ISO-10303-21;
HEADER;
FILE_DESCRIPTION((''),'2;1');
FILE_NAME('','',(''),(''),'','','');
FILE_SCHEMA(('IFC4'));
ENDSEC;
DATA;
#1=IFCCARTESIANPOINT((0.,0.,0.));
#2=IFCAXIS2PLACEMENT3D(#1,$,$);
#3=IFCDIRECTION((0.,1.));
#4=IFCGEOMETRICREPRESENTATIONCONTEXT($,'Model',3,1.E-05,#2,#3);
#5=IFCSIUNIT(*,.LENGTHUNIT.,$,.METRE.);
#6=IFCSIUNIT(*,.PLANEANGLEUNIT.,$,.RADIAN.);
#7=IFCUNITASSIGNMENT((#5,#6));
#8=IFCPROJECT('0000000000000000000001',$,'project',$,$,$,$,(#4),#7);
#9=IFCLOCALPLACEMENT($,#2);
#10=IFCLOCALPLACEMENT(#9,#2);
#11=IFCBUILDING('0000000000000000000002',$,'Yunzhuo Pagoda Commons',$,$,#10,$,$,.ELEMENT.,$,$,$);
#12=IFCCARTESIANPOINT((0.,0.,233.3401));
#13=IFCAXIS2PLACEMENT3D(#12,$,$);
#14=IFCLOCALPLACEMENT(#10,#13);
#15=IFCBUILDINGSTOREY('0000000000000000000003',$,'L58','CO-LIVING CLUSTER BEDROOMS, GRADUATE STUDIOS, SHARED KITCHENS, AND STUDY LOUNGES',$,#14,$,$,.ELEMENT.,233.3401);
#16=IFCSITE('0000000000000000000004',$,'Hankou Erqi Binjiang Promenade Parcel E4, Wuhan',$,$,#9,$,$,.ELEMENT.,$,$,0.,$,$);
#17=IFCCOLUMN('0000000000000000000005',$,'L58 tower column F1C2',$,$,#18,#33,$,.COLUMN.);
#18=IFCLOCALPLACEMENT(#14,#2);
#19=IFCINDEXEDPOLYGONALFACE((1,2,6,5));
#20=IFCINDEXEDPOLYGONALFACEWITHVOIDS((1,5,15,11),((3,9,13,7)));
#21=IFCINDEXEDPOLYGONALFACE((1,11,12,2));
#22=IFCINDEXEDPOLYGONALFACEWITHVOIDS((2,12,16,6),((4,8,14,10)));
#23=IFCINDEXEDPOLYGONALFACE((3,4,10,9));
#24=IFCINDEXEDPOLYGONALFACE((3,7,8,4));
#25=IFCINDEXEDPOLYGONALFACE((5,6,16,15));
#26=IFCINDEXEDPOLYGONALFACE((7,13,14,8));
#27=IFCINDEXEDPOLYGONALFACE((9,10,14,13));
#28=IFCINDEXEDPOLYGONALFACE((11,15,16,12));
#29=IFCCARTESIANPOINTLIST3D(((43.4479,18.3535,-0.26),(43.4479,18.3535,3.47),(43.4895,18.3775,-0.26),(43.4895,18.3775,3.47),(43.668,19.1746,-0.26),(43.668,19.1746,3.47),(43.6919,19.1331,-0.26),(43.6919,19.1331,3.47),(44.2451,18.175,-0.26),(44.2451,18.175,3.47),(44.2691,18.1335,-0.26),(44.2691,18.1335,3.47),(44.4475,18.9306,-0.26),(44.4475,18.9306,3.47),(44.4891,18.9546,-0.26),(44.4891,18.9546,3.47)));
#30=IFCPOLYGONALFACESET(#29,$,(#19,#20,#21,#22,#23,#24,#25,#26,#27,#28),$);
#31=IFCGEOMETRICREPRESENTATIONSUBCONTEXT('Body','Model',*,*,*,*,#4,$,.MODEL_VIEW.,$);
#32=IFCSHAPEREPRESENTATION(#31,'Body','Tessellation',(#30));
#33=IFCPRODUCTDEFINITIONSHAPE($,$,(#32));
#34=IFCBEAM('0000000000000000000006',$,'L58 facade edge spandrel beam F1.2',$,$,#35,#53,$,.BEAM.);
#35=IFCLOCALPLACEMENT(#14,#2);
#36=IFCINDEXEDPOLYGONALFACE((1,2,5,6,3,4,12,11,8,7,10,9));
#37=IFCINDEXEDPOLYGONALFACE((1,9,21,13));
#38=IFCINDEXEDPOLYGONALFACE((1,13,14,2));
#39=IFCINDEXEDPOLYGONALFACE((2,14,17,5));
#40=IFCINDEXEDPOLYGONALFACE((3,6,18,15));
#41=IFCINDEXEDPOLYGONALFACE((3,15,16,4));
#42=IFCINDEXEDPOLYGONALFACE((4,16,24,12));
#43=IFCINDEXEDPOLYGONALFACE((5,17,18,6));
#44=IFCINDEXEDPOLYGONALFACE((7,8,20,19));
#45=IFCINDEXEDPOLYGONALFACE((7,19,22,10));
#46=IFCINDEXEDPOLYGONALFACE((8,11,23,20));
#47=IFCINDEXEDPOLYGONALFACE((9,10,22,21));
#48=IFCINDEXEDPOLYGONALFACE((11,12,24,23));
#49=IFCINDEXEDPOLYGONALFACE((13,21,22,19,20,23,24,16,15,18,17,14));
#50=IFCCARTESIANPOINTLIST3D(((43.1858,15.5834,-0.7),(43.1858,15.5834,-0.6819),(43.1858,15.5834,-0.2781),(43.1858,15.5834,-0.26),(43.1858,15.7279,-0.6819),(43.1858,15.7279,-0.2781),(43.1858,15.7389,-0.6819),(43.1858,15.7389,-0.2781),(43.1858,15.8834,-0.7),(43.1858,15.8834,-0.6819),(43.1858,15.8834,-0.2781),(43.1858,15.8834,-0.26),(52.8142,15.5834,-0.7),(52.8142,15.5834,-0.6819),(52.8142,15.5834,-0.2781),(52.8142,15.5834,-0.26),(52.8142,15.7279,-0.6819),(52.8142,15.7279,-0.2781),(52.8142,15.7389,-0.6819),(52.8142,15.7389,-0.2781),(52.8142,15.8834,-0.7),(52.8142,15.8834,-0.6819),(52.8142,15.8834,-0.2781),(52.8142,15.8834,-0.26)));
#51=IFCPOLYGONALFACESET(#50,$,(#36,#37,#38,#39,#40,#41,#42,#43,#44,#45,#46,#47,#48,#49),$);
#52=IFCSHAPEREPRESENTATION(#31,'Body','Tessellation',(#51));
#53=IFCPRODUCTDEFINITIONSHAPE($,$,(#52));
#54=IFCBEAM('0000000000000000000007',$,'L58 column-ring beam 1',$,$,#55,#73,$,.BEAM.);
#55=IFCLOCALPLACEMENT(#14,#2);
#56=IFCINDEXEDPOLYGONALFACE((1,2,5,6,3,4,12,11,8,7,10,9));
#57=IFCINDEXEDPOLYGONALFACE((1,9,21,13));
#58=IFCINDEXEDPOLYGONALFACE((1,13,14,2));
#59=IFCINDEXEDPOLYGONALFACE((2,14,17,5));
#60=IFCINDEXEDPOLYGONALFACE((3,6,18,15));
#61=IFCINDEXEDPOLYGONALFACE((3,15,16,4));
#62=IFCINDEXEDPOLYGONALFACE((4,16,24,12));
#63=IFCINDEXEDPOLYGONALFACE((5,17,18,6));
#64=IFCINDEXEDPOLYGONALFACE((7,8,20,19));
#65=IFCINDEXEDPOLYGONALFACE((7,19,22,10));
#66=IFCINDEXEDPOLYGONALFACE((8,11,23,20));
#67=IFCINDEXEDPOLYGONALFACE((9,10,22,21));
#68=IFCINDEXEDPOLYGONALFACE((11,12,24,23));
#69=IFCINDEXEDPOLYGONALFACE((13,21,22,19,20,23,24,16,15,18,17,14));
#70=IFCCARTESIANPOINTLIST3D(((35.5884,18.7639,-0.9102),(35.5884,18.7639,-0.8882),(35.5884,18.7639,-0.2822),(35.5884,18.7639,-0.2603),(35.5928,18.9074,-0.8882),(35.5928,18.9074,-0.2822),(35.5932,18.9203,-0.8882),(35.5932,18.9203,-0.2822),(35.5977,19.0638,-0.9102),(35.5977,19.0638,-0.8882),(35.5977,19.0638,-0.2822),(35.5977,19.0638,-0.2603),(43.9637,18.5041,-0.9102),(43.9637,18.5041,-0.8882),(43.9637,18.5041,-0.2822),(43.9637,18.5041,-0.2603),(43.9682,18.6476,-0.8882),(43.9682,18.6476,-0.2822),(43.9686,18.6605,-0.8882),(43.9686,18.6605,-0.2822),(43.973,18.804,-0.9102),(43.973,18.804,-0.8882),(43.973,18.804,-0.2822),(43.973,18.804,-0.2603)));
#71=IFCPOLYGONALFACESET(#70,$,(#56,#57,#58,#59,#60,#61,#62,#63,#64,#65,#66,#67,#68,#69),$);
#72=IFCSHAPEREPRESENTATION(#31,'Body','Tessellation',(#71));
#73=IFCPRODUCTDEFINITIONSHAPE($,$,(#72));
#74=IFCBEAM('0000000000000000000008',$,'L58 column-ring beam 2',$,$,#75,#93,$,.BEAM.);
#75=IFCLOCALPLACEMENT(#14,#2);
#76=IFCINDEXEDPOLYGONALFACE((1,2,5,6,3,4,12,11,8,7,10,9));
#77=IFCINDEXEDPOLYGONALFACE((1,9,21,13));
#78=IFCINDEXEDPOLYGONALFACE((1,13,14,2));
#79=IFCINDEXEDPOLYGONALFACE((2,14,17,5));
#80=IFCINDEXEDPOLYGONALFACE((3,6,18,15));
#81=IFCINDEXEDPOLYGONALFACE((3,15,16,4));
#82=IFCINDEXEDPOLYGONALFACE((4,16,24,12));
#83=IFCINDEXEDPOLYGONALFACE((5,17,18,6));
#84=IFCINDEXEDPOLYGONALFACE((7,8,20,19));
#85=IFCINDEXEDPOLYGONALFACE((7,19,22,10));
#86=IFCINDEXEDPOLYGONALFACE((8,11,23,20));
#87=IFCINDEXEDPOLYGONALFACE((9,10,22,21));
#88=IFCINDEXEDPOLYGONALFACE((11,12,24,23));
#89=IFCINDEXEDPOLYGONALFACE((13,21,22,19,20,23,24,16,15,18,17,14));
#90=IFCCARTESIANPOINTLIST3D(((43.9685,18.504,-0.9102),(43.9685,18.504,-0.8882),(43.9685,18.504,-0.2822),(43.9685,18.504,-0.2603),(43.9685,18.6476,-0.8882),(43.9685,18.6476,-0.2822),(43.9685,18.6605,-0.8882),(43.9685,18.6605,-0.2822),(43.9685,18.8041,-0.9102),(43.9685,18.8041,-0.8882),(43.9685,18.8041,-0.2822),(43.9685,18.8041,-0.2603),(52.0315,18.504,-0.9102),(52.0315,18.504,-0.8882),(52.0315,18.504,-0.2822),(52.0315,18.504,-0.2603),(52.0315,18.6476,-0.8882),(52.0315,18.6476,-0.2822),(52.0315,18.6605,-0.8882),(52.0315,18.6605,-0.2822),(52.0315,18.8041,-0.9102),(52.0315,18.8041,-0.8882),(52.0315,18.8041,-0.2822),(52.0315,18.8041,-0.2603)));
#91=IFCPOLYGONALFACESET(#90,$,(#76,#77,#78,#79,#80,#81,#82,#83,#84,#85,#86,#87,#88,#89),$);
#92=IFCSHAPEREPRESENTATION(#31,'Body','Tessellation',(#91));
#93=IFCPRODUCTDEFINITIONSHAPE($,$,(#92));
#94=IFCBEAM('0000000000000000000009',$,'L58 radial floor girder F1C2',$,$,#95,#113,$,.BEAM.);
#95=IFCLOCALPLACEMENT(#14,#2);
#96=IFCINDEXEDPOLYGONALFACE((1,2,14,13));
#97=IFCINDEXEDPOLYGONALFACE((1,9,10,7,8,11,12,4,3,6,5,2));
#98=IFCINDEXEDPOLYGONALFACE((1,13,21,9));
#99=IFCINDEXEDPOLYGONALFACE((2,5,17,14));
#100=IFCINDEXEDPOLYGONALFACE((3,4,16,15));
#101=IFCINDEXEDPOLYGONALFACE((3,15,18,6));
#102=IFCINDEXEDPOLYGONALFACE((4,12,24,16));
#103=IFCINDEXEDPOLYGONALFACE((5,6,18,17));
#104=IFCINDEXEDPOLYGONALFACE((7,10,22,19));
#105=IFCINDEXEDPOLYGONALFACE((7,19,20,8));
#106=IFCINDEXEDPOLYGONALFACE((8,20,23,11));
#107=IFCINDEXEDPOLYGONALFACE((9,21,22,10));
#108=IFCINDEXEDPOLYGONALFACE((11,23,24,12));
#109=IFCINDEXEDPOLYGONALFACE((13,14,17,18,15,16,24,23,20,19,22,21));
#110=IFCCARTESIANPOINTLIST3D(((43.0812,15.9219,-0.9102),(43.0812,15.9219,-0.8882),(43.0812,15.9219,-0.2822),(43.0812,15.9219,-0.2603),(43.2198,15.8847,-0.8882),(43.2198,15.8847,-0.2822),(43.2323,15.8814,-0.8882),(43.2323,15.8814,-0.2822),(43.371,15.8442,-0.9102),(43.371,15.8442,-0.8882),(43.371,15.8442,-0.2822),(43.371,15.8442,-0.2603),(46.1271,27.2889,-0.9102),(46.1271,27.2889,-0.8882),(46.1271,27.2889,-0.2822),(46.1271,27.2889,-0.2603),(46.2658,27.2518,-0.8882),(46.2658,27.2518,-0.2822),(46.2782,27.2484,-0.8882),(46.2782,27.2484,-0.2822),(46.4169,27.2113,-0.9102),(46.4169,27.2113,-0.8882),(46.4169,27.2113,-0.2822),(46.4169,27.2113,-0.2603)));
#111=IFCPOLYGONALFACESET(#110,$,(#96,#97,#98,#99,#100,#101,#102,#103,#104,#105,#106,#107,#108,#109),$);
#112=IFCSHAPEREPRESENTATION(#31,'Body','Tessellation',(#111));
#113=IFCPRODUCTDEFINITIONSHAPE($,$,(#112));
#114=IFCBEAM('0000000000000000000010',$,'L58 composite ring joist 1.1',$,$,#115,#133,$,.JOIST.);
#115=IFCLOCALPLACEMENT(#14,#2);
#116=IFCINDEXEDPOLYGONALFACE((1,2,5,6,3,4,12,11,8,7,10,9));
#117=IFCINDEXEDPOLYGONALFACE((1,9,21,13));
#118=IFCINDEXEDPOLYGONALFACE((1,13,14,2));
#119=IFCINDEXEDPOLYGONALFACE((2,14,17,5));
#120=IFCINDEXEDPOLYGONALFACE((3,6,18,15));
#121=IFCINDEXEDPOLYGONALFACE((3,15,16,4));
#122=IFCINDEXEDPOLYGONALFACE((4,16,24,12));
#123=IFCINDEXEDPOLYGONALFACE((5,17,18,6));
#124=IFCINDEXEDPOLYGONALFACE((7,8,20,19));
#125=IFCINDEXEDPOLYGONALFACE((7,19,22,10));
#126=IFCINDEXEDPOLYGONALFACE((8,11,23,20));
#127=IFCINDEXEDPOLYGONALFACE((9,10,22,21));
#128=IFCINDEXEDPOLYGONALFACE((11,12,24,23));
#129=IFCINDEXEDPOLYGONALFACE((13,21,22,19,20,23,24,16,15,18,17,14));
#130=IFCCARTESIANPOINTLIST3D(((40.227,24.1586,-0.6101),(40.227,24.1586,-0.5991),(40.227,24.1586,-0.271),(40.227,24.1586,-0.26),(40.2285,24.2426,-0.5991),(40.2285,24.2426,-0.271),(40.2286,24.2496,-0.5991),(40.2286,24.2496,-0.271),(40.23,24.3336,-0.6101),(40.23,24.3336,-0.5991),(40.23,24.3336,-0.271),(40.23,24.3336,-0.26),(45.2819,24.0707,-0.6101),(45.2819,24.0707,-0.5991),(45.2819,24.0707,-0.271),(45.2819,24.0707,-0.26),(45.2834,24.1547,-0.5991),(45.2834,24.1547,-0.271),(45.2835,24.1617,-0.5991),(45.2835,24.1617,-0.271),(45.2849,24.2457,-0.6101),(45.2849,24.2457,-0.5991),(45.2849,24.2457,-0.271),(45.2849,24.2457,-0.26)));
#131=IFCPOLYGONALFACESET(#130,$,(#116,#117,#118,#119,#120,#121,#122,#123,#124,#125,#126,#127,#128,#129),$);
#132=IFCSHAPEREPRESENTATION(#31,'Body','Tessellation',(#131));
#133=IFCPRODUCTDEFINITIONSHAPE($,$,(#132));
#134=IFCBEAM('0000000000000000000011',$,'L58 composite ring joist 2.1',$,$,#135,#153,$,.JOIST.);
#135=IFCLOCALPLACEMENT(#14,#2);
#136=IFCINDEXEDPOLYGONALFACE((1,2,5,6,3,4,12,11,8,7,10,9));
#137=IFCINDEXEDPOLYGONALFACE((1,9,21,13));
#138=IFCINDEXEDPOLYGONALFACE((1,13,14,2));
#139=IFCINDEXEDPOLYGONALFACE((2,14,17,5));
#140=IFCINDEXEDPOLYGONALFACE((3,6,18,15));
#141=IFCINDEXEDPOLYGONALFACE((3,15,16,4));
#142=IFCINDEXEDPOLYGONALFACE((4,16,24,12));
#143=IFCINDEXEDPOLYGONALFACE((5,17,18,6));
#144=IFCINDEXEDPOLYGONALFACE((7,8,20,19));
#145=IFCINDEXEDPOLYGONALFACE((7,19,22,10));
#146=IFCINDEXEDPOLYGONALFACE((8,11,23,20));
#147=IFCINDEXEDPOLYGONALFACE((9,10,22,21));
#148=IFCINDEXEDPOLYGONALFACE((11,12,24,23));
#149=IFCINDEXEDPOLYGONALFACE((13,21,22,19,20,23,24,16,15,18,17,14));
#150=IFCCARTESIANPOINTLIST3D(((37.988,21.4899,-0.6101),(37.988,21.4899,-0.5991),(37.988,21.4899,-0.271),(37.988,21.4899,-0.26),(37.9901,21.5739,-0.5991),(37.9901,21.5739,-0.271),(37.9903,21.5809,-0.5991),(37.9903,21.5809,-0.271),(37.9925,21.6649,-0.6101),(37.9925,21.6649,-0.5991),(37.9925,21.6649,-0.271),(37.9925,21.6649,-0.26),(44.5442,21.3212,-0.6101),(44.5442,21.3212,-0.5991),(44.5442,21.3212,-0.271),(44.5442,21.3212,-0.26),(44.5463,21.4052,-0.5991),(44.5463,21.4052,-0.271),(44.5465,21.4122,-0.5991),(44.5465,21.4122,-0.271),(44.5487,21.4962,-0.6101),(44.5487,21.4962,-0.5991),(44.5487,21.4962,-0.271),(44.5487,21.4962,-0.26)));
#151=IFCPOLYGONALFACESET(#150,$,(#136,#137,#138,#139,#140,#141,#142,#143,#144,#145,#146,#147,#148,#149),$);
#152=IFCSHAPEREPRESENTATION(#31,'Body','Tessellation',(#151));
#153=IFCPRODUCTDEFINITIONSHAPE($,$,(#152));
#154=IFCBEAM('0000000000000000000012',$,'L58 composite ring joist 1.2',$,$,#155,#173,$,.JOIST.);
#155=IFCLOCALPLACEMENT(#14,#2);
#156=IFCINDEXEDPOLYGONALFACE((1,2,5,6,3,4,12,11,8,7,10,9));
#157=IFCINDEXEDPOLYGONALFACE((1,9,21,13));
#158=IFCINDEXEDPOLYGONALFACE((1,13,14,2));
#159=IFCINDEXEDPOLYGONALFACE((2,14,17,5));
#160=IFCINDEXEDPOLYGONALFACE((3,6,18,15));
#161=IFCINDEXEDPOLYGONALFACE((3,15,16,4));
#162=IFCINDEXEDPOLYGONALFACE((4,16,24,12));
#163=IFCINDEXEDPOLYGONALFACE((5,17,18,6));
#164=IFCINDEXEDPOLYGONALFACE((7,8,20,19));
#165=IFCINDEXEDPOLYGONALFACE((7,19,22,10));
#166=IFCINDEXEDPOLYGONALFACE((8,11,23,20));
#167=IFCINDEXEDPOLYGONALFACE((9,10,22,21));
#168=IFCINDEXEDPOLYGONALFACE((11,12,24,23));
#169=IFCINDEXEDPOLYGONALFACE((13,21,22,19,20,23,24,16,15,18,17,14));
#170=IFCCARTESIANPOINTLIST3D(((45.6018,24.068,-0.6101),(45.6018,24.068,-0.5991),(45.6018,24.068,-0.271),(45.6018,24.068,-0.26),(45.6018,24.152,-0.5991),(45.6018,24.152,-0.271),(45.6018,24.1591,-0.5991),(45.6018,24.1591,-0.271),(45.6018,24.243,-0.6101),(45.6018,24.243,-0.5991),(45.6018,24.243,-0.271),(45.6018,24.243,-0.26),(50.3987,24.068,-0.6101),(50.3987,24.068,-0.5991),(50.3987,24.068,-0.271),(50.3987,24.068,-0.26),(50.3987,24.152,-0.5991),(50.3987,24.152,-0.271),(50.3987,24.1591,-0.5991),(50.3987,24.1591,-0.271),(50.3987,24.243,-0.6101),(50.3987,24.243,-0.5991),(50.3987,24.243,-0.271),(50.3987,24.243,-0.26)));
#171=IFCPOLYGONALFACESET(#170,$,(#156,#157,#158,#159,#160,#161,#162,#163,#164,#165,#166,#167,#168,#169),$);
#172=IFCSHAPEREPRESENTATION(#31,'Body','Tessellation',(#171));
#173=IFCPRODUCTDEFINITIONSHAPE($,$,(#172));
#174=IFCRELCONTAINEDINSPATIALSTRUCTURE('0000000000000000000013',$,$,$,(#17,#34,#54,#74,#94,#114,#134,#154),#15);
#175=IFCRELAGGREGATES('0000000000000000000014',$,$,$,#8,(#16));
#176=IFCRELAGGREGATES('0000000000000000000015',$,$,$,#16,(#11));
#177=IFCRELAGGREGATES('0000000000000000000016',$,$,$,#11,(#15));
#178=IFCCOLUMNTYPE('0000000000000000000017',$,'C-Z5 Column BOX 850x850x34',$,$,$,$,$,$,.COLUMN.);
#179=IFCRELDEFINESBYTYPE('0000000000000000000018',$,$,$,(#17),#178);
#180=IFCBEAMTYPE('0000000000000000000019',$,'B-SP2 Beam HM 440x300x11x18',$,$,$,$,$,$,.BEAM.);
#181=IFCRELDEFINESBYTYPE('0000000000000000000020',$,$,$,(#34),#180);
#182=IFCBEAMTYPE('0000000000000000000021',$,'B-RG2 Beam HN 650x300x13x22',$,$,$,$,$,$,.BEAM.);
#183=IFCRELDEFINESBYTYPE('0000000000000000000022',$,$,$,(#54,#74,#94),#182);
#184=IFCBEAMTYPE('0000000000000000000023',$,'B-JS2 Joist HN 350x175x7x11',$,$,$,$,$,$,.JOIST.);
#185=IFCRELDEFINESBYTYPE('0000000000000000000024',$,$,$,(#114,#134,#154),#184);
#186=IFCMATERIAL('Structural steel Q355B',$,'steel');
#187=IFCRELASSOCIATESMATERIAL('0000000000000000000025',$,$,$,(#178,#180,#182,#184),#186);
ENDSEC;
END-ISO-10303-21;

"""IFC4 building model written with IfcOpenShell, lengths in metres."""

from ifc_helpers import new_model, si_unit, direction, frame, origin, origin_2d, place, context, subcontext, project, spatial, hollow_rectangle, i_section, extrude, source, transform, mapped, material, material_profile, profile_set, type_object, element, save


model = new_model("IFC4")

# Units and contexts
model_context = context("Model", 3, precision=1e-05, world=origin(), true_north=direction((0.0, 1.0)))
body_context = subcontext(model_context, "Body", "Model", "MODEL_VIEW")
ifc_project = project(units=[si_unit("LENGTHUNIT", "METRE"), si_unit("PLANEANGLEUNIT", "RADIAN")], contexts=[model_context])

# Site, building, storey
site_placement = place(None, origin())
site = spatial("IfcSite", under=ifc_project, at=site_placement, Name="Hankou Erqi Binjiang Promenade Parcel E4, Wuhan", CompositionType="ELEMENT", RefElevation=0.0)
building_placement = place(site_placement, origin())
building = spatial("IfcBuilding", under=site, at=building_placement, Name="Yunzhuo Pagoda Commons", CompositionType="ELEMENT")
storey_placement = place(building_placement, frame((0.0, 0.0, 233.3401)))
storey = spatial("IfcBuildingStorey", under=building, at=storey_placement, Name="L58", Description="CO-LIVING CLUSTER BEDROOMS, GRADUATE STUDIOS, SHARED KITCHENS, AND STUDY LOUNGES", CompositionType="ELEMENT", Elevation=233.3401)

# Column
ifc_material_1 = material(Name="Structural steel Q355B", Category="steel")
ifc_material_profile_1 = material_profile(ifc_material_1, hollow_rectangle(XDim=0.8501, YDim=0.8501, WallThickness=0.0339, at=origin_2d()), Name="Structural steel Q355B")
ifc_profile_set_1 = profile_set([ifc_material_profile_1], Name="Structural steel Q355B")
column_type = type_object("IfcColumnType", Name="C-Z5 Column BOX 850x850x34", PredefinedType="COLUMN", material=ifc_profile_set_1)
shared_shape_1 = source(origin(), body_context, "Body", "SweptSolid", [
    extrude(hollow_rectangle(XDim=0.8501, YDim=0.8501, WallThickness=0.0339, at=origin_2d()), origin(), (0.0, 0.0, 1.0), 3.73),
])
column_placement = place(storey_placement, frame((43.9685, 18.6541, -0.26), z_axis=(0.0, 0.0, 1.0), x_axis=(0.965926, -0.258819, 0.0)))
element("IfcColumn", 1, at=column_placement, inside=storey, type_object=column_type, Name="L58 tower column F1C2", PredefinedType="COLUMN", context=body_context, shape_type="MappedRepresentation", body=[
    mapped(shared_shape_1, transform((0.0, 0.0, 0.0), scale=1.0)),
])

# Beams
ifc_material_profile_2 = material_profile(ifc_material_1, i_section(OverallWidth=0.3, OverallDepth=0.4399, WebThickness=0.011, FlangeThickness=0.0181, at=origin_2d()), Name="Structural steel Q355B")
ifc_profile_set_2 = profile_set([ifc_material_profile_2], Name="Structural steel Q355B")
beam_type_1 = type_object("IfcBeamType", Name="B-SP2 Beam HM 440x300x11x18", PredefinedType="BEAM", material=ifc_profile_set_2)
shared_shape_2 = source(origin(), body_context, "Body", "SweptSolid", [
    extrude(i_section(OverallWidth=0.3, OverallDepth=0.4399, WebThickness=0.011, FlangeThickness=0.0181, at=origin_2d()), origin(), (0.0, 0.0, 1.0), 9.6284),
])
beam_1_placement = place(storey_placement, frame((43.1858, 15.7334, -0.48), z_axis=(1.0, 0.0, 0.0), x_axis=(0.0, 1.0, 0.0)))
element("IfcBeam", 2, at=beam_1_placement, inside=storey, type_object=beam_type_1, Name="L58 facade edge spandrel beam F1.2", PredefinedType="BEAM", context=body_context, shape_type="MappedRepresentation", body=[
    mapped(shared_shape_2, transform((0.0, 0.0, 0.0), scale=1.0)),
])
ifc_material_profile_3 = material_profile(ifc_material_1, i_section(OverallWidth=0.3, OverallDepth=0.6499, WebThickness=0.0129, FlangeThickness=0.022, at=origin_2d()), Name="Structural steel Q355B")
ifc_profile_set_3 = profile_set([ifc_material_profile_3], Name="Structural steel Q355B")
beam_type_2 = type_object("IfcBeamType", Name="B-RG2 Beam HN 650x300x13x22", PredefinedType="BEAM", material=ifc_profile_set_3)
shared_shape_3 = source(origin(), body_context, "Body", "SweptSolid", [
    extrude(i_section(OverallWidth=0.3, OverallDepth=0.6499, WebThickness=0.0129, FlangeThickness=0.022, at=origin_2d()), origin(), (0.0, 0.0, 1.0), 8.3794),
])
beam_2_placement = place(storey_placement, frame((35.593, 18.9138, -0.5852), z_axis=(0.999519, -0.031, 0.0), x_axis=(0.031, 0.999519, 0.0)))
element("IfcBeam", 3, at=beam_2_placement, inside=storey, type_object=beam_type_2, Name="L58 column-ring beam 1", PredefinedType="BEAM", context=body_context, shape_type="MappedRepresentation", body=[
    mapped(shared_shape_3, transform((0.0, 0.0, 0.0), scale=1.0)),
])
shared_shape_4 = source(origin(), body_context, "Body", "SweptSolid", [
    extrude(i_section(OverallWidth=0.3, OverallDepth=0.6499, WebThickness=0.0129, FlangeThickness=0.022, at=origin_2d()), origin(), (0.0, 0.0, 1.0), 8.063),
])
beam_3_placement = place(storey_placement, frame((43.9685, 18.6541, -0.5852), z_axis=(1.0, 0.0, 0.0), x_axis=(0.0, 1.0, 0.0)))
element("IfcBeam", 4, at=beam_3_placement, inside=storey, type_object=beam_type_2, Name="L58 column-ring beam 2", PredefinedType="BEAM", context=body_context, shape_type="MappedRepresentation", body=[
    mapped(shared_shape_4, transform((0.0, 0.0, 0.0), scale=1.0)),
])
shared_shape_5 = source(origin(), body_context, "Body", "SweptSolid", [
    extrude(i_section(OverallWidth=0.3, OverallDepth=0.6499, WebThickness=0.0129, FlangeThickness=0.022, at=origin_2d()), origin(), (0.0, 0.0, 1.0), 11.7681),
])
beam_4_placement = place(storey_placement, frame((43.2261, 15.8831, -0.5852), z_axis=(0.25883, 0.965923, 0.0), x_axis=(-0.965923, 0.25883, 0.0)))
element("IfcBeam", 5, at=beam_4_placement, inside=storey, type_object=beam_type_2, Name="L58 radial floor girder F1C2", PredefinedType="BEAM", context=body_context, shape_type="MappedRepresentation", body=[
    mapped(shared_shape_5, transform((0.0, 0.0, 0.0), scale=1.0)),
])
ifc_material_profile_4 = material_profile(ifc_material_1, i_section(OverallWidth=0.175, OverallDepth=0.3501, WebThickness=0.0071, FlangeThickness=0.011, at=origin_2d()), Name="Structural steel Q355B")
ifc_profile_set_4 = profile_set([ifc_material_profile_4], Name="Structural steel Q355B")
beam_type_3 = type_object("IfcBeamType", Name="B-JS2 Joist HN 350x175x7x11", PredefinedType="JOIST", material=ifc_profile_set_4)
shared_shape_6 = source(origin(), body_context, "Body", "SweptSolid", [
    extrude(i_section(OverallWidth=0.175, OverallDepth=0.3501, WebThickness=0.0071, FlangeThickness=0.011, at=origin_2d()), origin(), (0.0, 0.0, 1.0), 5.0557),
])
beam_5_placement = place(storey_placement, frame((40.2285, 24.2461, -0.4351), z_axis=(0.999849, -0.017384, 0.0), x_axis=(0.017384, 0.999849, 0.0)))
element("IfcBeam", 6, at=beam_5_placement, inside=storey, type_object=beam_type_3, Name="L58 composite ring joist 1.1", PredefinedType="JOIST", context=body_context, shape_type="MappedRepresentation", body=[
    mapped(shared_shape_6, transform((0.0, 0.0, 0.0), scale=1.0)),
])
shared_shape_7 = source(origin(), body_context, "Body", "SweptSolid", [
    extrude(i_section(OverallWidth=0.175, OverallDepth=0.3501, WebThickness=0.0071, FlangeThickness=0.011, at=origin_2d()), origin(), (0.0, 0.0, 1.0), 6.5583),
])
beam_6_placement = place(storey_placement, frame((37.9902, 21.5774, -0.4351), z_axis=(0.999669, -0.025723, 0.0), x_axis=(0.025723, 0.999669, 0.0)))
element("IfcBeam", 7, at=beam_6_placement, inside=storey, type_object=beam_type_3, Name="L58 composite ring joist 2.1", PredefinedType="JOIST", context=body_context, shape_type="MappedRepresentation", body=[
    mapped(shared_shape_7, transform((0.0, 0.0, 0.0), scale=1.0)),
])
shared_shape_8 = source(origin(), body_context, "Body", "SweptSolid", [
    extrude(i_section(OverallWidth=0.175, OverallDepth=0.3501, WebThickness=0.0071, FlangeThickness=0.011, at=origin_2d()), origin(), (0.0, 0.0, 1.0), 4.7969),
])
beam_7_placement = place(storey_placement, frame((45.6018, 24.1555, -0.4351), z_axis=(1.0, 0.0, 0.0), x_axis=(0.0, 1.0, 0.0)))
element("IfcBeam", 8, at=beam_7_placement, inside=storey, type_object=beam_type_3, Name="L58 composite ring joist 1.2", PredefinedType="JOIST", context=body_context, shape_type="MappedRepresentation", body=[
    mapped(shared_shape_8, transform((0.0, 0.0, 0.0), scale=1.0)),
])

save(model, "model.ifc")
